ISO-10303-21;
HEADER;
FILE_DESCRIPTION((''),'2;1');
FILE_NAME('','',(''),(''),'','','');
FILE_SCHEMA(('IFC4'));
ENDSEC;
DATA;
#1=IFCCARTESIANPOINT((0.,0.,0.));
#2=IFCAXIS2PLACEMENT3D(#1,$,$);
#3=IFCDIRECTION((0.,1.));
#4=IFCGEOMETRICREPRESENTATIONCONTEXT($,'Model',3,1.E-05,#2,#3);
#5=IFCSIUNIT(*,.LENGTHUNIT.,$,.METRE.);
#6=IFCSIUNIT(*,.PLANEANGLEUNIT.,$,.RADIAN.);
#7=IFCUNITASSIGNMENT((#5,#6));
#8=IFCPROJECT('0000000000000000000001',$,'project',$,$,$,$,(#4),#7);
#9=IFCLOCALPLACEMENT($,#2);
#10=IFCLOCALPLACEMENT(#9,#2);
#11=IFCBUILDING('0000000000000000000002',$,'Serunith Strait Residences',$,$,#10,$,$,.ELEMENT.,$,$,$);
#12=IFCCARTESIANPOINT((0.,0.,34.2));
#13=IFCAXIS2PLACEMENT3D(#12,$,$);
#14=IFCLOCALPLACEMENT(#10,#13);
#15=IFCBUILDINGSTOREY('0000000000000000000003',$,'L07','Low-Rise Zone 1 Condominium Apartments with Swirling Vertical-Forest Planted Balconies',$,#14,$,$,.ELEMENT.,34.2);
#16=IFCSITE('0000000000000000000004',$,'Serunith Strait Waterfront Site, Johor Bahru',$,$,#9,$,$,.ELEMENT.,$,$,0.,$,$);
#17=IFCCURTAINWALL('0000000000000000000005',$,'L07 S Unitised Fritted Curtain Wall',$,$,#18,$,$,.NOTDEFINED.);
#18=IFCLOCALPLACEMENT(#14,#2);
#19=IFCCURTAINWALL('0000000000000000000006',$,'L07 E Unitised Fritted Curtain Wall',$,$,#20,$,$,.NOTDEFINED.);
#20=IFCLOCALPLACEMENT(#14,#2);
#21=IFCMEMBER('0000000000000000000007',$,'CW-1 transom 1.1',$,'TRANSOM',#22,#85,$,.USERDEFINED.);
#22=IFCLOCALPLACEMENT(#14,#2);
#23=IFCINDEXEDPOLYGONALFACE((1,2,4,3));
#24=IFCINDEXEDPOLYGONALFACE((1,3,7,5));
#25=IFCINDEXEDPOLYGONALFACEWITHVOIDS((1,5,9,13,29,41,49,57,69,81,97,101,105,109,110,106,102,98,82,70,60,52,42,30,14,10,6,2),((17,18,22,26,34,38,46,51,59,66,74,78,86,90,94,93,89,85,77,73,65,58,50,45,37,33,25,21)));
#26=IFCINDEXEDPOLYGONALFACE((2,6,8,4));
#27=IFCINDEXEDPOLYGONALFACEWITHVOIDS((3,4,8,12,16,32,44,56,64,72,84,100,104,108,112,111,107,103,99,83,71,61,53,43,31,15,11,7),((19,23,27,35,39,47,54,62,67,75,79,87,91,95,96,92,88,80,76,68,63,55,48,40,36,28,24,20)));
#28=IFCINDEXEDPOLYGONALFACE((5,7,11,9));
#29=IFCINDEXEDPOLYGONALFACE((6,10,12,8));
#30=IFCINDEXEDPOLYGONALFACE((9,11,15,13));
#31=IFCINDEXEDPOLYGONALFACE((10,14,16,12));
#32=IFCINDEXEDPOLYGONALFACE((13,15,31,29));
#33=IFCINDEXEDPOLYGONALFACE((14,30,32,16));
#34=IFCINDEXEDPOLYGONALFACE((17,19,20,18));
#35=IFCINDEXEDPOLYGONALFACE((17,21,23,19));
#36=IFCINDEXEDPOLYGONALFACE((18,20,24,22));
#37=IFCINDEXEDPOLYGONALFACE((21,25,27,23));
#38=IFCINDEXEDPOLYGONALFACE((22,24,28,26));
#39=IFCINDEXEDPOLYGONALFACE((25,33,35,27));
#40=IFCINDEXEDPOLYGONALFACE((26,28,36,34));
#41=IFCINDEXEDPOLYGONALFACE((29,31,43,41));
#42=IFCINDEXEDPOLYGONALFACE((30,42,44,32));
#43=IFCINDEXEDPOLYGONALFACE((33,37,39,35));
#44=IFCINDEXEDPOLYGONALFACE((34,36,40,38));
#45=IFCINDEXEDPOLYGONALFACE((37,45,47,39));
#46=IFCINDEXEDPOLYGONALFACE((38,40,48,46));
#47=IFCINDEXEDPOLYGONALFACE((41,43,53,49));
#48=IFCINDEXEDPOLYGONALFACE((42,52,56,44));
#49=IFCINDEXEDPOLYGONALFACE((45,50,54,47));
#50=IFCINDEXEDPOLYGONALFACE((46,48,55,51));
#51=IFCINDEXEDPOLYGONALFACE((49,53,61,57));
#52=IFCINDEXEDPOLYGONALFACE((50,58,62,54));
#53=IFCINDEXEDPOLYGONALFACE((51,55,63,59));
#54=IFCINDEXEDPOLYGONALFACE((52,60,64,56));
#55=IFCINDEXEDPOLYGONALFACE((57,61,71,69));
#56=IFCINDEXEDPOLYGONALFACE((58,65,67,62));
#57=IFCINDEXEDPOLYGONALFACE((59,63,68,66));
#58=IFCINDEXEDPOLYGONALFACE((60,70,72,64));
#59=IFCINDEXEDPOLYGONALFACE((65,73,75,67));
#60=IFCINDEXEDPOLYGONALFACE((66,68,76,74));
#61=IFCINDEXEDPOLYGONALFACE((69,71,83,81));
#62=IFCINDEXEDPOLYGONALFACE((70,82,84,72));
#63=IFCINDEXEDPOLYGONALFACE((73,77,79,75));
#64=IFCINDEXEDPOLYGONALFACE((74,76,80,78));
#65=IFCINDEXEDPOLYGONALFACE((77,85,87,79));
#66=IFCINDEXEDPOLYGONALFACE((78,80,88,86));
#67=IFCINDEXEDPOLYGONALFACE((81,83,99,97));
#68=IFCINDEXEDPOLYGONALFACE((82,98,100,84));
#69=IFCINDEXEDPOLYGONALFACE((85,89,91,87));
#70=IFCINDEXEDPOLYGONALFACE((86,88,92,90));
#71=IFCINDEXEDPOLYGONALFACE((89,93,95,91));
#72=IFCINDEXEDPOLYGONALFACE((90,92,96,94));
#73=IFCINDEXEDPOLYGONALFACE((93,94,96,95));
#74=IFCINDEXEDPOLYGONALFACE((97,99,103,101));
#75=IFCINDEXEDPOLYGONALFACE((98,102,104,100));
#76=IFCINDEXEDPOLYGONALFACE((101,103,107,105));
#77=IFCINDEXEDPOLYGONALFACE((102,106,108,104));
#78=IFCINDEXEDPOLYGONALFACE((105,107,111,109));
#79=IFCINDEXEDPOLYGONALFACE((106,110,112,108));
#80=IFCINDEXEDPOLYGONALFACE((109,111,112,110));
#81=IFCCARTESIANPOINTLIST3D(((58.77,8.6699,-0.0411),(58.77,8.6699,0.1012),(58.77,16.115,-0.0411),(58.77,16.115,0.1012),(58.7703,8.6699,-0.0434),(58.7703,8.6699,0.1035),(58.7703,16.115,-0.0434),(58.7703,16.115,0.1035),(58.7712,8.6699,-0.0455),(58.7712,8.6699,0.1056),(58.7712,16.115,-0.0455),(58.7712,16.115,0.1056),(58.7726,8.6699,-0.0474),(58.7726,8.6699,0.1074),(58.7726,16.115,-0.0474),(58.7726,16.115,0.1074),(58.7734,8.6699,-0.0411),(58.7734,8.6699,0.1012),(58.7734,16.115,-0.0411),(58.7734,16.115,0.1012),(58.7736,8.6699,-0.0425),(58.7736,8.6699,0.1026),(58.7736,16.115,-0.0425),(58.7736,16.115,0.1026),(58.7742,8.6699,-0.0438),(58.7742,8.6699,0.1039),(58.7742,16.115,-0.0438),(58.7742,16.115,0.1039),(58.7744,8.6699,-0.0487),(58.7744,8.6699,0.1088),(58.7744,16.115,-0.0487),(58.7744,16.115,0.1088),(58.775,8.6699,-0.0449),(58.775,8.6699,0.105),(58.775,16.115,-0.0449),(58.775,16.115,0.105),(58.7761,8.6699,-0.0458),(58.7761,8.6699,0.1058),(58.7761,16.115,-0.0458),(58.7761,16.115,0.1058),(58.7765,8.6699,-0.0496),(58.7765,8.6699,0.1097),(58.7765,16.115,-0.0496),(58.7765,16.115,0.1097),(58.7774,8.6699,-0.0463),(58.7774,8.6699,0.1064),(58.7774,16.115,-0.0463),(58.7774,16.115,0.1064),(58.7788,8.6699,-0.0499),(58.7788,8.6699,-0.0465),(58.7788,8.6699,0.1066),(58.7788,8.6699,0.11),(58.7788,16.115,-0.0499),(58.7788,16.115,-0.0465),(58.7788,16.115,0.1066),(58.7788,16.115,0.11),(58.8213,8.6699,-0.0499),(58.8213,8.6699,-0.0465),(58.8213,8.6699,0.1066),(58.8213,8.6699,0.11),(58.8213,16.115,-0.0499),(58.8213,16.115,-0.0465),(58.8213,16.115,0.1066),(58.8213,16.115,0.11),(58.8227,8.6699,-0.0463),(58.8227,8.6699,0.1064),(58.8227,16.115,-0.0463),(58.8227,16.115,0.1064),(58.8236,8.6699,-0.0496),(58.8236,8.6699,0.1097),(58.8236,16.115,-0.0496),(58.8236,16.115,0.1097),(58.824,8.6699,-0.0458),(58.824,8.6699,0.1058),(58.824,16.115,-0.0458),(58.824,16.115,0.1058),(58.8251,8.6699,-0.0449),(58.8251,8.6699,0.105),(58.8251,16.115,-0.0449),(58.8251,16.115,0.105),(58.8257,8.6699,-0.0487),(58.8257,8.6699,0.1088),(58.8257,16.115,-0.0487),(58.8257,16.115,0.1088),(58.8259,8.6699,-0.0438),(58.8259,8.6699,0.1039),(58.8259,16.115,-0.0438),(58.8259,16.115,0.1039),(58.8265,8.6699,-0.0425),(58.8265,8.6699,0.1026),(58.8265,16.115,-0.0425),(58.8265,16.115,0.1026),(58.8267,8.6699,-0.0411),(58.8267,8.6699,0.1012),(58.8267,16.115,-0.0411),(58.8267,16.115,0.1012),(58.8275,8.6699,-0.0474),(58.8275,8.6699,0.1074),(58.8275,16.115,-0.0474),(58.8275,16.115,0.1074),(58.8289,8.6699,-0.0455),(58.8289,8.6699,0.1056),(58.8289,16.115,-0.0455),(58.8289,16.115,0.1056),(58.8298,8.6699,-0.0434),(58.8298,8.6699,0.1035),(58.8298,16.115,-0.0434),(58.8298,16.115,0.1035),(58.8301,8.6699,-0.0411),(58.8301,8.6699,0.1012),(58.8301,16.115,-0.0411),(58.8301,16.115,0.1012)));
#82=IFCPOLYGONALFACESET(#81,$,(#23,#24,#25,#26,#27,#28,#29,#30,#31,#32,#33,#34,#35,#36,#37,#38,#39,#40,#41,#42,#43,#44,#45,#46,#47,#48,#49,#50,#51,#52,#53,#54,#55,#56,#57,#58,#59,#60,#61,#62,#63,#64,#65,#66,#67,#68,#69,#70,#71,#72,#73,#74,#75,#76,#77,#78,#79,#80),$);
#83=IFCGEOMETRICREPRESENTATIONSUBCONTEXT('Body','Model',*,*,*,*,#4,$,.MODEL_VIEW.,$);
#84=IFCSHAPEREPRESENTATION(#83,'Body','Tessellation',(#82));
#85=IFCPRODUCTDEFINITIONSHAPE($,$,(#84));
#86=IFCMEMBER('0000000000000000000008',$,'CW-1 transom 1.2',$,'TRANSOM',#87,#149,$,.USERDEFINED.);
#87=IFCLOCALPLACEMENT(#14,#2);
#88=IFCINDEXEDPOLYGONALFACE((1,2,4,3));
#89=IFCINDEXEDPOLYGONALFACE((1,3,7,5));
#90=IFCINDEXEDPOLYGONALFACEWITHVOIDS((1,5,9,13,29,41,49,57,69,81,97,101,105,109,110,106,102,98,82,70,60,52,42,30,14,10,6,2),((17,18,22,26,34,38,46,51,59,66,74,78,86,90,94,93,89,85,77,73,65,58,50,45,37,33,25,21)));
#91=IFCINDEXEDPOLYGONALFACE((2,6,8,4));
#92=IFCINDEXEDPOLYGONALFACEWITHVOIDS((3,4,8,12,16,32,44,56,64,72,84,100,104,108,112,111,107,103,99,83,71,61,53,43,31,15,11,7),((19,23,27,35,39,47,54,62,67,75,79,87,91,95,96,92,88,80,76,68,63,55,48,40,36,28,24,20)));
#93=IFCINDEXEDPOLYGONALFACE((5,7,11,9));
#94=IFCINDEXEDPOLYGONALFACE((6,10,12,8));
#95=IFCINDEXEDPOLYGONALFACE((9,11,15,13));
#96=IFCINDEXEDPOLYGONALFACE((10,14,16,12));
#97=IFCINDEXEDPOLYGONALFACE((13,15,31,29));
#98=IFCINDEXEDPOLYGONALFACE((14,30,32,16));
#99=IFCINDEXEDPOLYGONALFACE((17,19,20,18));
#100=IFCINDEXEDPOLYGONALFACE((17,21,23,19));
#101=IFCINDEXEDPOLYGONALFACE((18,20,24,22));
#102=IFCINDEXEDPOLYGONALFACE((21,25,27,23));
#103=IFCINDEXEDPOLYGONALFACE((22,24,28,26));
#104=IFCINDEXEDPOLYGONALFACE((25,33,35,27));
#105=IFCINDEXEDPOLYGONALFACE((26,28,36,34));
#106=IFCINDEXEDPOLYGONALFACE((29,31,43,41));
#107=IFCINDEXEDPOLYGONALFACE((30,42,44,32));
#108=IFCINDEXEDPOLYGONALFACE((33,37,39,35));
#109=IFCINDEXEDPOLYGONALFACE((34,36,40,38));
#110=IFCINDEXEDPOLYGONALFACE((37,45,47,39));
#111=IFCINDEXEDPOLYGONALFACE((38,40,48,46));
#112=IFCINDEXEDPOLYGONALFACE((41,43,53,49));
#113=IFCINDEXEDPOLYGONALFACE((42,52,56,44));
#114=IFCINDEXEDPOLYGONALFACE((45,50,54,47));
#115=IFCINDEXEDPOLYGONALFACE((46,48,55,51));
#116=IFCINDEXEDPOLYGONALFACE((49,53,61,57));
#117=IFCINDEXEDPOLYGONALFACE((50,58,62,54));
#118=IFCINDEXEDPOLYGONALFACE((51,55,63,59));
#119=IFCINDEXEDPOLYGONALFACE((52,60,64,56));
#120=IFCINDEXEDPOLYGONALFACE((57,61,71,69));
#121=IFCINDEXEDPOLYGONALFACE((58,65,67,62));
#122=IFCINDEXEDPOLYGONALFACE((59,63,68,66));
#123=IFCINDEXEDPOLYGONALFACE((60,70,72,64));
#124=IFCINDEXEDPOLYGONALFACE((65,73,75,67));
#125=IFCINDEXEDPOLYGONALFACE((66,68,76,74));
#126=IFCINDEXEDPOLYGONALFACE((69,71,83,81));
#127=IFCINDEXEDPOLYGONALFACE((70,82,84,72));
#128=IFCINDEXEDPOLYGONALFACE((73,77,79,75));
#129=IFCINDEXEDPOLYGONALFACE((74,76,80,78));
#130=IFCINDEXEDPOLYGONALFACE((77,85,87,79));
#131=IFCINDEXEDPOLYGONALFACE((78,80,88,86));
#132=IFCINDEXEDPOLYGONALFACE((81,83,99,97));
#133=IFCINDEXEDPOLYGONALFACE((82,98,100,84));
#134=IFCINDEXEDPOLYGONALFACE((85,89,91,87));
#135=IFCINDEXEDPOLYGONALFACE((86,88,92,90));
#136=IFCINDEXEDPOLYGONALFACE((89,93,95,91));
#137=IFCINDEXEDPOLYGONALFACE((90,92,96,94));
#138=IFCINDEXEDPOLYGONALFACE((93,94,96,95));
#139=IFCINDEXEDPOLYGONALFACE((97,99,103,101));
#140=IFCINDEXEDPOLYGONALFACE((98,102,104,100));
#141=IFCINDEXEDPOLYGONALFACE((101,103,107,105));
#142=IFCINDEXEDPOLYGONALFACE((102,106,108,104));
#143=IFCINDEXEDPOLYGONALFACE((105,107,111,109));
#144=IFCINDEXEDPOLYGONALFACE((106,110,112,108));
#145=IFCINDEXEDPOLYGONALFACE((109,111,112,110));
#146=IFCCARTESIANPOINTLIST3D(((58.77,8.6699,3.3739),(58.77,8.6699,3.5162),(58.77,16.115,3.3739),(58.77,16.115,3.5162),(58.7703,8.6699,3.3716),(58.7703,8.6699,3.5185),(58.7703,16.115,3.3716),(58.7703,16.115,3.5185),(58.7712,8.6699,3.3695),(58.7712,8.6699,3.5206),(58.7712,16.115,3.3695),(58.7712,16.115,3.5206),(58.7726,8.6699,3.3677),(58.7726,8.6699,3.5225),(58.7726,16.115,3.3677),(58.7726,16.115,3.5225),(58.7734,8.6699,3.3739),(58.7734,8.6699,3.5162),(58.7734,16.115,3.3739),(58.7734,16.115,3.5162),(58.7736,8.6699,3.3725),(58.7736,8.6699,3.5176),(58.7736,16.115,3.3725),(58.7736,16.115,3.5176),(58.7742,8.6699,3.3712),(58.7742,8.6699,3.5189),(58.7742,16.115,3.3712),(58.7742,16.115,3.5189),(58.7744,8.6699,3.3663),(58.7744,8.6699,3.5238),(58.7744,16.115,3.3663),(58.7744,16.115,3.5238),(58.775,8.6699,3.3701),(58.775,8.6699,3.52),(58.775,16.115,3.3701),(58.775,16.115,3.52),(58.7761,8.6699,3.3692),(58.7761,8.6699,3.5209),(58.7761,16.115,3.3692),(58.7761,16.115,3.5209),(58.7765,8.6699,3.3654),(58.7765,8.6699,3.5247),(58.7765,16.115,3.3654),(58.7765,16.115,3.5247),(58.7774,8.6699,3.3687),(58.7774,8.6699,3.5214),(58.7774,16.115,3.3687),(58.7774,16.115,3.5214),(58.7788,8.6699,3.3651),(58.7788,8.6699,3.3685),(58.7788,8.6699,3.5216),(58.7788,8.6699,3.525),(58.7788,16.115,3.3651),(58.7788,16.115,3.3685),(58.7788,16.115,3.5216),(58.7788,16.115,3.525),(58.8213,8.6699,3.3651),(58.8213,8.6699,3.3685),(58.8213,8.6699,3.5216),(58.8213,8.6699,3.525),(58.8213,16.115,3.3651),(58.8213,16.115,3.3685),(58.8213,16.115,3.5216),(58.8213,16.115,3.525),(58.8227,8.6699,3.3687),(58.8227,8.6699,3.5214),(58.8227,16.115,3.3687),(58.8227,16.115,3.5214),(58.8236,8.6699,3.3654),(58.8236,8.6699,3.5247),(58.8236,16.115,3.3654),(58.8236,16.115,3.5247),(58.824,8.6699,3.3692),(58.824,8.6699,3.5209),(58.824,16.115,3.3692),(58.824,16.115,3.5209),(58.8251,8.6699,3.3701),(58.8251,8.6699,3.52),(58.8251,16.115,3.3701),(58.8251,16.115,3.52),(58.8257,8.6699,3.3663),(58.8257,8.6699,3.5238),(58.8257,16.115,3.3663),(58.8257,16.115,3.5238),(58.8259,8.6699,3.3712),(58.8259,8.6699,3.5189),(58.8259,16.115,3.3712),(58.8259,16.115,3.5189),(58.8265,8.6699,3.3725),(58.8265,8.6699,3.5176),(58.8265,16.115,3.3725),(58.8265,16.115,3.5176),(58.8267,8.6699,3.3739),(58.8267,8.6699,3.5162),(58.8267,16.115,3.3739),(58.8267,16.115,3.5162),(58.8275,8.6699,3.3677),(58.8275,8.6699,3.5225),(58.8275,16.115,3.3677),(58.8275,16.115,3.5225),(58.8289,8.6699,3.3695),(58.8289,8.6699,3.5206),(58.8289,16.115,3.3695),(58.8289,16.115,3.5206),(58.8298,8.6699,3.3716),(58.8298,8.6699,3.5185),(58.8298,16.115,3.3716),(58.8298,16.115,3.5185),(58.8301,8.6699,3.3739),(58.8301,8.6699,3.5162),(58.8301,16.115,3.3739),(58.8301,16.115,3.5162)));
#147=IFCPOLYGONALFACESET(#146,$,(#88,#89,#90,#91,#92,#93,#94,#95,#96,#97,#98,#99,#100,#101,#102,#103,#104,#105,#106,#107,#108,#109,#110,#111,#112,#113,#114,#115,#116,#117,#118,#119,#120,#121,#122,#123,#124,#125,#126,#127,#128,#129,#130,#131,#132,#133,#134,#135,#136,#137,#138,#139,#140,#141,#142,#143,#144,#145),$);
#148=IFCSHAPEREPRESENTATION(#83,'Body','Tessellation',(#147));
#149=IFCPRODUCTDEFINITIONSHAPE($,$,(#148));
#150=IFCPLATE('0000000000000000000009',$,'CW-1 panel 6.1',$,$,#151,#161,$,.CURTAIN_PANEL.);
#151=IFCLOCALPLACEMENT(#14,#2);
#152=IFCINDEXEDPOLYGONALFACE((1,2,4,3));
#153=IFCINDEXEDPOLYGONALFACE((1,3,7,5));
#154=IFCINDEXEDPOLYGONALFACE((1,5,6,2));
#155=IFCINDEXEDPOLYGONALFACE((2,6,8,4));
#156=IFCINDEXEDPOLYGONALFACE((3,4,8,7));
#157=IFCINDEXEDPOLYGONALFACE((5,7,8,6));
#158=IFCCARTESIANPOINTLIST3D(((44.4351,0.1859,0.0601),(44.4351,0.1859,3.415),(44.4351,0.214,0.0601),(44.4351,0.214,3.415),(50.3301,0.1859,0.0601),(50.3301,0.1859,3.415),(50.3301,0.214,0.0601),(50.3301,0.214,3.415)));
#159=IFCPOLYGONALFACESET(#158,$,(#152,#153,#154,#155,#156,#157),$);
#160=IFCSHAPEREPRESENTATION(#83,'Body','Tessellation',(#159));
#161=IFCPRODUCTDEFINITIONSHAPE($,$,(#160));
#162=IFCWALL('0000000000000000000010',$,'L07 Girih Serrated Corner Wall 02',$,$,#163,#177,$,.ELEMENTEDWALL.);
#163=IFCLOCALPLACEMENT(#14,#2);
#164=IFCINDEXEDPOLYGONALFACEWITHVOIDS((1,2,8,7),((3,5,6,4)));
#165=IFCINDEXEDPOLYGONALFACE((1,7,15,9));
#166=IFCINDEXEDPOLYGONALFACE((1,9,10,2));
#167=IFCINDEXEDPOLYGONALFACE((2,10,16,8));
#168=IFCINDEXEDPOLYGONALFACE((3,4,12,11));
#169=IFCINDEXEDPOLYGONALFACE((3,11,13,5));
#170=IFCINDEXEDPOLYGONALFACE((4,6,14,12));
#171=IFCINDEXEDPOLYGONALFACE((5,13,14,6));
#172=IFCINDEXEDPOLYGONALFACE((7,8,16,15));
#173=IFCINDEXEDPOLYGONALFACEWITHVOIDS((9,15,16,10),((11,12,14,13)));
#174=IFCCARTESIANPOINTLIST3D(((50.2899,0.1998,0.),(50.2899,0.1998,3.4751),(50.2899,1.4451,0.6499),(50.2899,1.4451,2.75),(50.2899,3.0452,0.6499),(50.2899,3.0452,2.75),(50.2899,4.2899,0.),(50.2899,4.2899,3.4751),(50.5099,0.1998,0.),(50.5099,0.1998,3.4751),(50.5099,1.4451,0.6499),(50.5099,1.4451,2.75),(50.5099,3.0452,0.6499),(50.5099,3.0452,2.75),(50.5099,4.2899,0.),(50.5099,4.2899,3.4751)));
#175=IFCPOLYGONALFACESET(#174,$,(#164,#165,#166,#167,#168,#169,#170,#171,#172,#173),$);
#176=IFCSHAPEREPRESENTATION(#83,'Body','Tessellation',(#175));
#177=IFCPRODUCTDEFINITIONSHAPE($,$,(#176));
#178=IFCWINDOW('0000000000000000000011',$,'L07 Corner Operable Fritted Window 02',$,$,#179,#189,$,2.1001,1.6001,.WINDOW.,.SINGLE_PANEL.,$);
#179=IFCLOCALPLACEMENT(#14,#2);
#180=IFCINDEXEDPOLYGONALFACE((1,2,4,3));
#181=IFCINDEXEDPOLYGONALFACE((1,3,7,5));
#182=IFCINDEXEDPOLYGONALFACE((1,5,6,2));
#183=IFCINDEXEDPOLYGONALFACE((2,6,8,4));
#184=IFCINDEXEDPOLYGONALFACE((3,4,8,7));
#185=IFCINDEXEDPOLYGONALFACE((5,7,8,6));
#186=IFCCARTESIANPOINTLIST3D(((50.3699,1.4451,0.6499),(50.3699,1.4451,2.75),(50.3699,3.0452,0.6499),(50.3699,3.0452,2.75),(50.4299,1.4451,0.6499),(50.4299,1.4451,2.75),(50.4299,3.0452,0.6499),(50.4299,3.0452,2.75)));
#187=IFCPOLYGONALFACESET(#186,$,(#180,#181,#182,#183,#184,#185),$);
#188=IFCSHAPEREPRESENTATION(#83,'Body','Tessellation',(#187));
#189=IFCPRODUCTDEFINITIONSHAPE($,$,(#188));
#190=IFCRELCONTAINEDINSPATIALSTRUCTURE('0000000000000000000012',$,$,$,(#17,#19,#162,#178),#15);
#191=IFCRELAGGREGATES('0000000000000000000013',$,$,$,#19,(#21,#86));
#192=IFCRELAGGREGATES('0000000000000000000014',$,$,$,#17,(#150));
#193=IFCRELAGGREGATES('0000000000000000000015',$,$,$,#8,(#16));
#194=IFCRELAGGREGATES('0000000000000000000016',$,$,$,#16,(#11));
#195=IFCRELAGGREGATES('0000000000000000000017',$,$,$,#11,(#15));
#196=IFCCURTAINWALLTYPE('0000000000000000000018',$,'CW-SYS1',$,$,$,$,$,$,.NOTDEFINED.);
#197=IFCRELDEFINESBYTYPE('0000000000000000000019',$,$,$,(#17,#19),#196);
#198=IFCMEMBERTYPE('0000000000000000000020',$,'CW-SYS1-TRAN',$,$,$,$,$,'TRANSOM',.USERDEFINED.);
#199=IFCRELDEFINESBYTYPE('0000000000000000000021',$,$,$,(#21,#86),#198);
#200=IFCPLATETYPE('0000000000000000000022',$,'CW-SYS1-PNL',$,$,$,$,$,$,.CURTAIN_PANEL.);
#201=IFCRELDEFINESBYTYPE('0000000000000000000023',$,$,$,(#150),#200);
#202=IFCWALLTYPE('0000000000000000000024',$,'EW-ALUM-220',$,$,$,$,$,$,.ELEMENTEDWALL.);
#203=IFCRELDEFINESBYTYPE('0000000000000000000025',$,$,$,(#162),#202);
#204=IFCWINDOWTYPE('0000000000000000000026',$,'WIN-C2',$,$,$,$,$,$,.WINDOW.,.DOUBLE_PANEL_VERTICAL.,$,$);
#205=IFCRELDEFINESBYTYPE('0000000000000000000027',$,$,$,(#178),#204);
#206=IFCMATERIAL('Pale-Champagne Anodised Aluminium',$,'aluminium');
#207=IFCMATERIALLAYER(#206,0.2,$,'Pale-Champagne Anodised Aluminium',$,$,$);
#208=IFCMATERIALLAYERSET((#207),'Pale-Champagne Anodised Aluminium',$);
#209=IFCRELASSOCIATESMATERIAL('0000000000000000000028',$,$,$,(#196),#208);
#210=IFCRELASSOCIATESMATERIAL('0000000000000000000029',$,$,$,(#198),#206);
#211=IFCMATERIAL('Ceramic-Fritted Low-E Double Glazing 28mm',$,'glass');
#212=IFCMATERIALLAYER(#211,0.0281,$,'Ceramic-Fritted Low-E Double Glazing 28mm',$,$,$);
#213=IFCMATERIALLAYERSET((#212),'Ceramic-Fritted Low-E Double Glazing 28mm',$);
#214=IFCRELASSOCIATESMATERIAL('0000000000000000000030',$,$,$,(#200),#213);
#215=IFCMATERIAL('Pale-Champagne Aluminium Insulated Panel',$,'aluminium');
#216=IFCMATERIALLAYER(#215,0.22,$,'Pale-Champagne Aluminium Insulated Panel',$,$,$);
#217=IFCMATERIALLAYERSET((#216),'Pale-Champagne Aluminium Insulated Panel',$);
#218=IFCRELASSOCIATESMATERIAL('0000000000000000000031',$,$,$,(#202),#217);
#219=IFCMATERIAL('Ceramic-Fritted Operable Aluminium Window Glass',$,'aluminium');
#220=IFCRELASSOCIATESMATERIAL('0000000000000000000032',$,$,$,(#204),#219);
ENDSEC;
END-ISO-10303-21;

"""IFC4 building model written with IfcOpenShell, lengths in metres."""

from ifc_helpers import new_model, si_unit, direction, frame, frame_2d, origin, origin_2d, place, context, subcontext, project, spatial, rectangle, hollow_rectangle, extrude, source, transform, mapped, material, layer, layer_set, material_profile, profile_set, type_object, element, fill, aggregate, save


model = new_model("IFC4")

# Units and contexts
model_context = context("Model", 3, precision=1e-05, world=origin(), true_north=direction((0.0, 1.0)))
body_context = subcontext(model_context, "Body", "Model", "MODEL_VIEW")
ifc_project = project(units=[si_unit("LENGTHUNIT", "METRE"), si_unit("PLANEANGLEUNIT", "RADIAN")], contexts=[model_context])

# Site, building, storey
site_placement = place(None, origin())
site = spatial("IfcSite", under=ifc_project, at=site_placement, Name="Serunith Strait Waterfront Site, Johor Bahru", CompositionType="ELEMENT", RefElevation=0.0)
building_placement = place(site_placement, origin())
building = spatial("IfcBuilding", under=site, at=building_placement, Name="Serunith Strait Residences", CompositionType="ELEMENT")
storey_placement = place(building_placement, frame((0.0, 0.0, 34.2)))
storey = spatial("IfcBuildingStorey", under=building, at=storey_placement, Name="L07", Description="Low-Rise Zone 1 Condominium Apartments with Swirling Vertical-Forest Planted Balconies", CompositionType="ELEMENT", Elevation=34.2)

# Curtain wall
ifc_material_1 = material(Name="Pale-Champagne Anodised Aluminium", Category="aluminium")
ifc_layer_1 = layer(ifc_material_1, 0.2, Name="Pale-Champagne Anodised Aluminium")
ifc_layer_set_1 = layer_set([ifc_layer_1], Name="Pale-Champagne Anodised Aluminium")
curtain_wall_type = type_object("IfcCurtainWallType", Name="CW-SYS1", PredefinedType="NOTDEFINED", material=ifc_layer_set_1)
curtain_wall_1_placement = place(storey_placement, origin())
curtain_wall_1 = element("IfcCurtainWall", 1, at=curtain_wall_1_placement, inside=storey, type_object=curtain_wall_type, Name="L07 S Unitised Fritted Curtain Wall", PredefinedType="NOTDEFINED")

# Curtain wall, members
curtain_wall_2_placement = place(storey_placement, origin())
curtain_wall_2 = element("IfcCurtainWall", 2, at=curtain_wall_2_placement, inside=storey, type_object=curtain_wall_type, Name="L07 E Unitised Fritted Curtain Wall", PredefinedType="NOTDEFINED")
ifc_material_profile_1 = material_profile(ifc_material_1, hollow_rectangle(XDim=0.0601, YDim=0.1599, WallThickness=0.0034, InnerFilletRadius=0.0054, OuterFilletRadius=0.0088, at=origin_2d()), Name="ALU 160x60x3.5")
ifc_profile_set_1 = profile_set([ifc_material_profile_1], Name="Pale-Champagne Anodised Aluminium")
member_type_1 = type_object("IfcMemberType", Name="CW-SYS1-TRAN", ElementType="TRANSOM", PredefinedType="USERDEFINED", material=ifc_profile_set_1)
shared_shape_1 = source(origin(), body_context, "Body", "SweptSolid", [
    extrude(hollow_rectangle(XDim=0.0601, YDim=0.1599, WallThickness=0.0034, InnerFilletRadius=0.0054, OuterFilletRadius=0.0088, at=origin_2d()), origin(), (0.0, 0.0, 1.0), 7.4451),
])
member_1_placement = place(storey_placement, frame((58.8, 8.6699, 0.03), z_axis=(0.0, 1.0, 0.0), x_axis=(-1.0, 0.0, 0.0)))
member_1 = element("IfcMember", 3, at=member_1_placement, type_object=member_type_1, Name="CW-1 transom 1.1", ObjectType="TRANSOM", PredefinedType="USERDEFINED", context=body_context, shape_type="MappedRepresentation", body=[
    mapped(shared_shape_1, transform((0.0, 0.0, 0.0), scale=1.0)),
])
member_2_placement = place(storey_placement, frame((58.8, 8.6699, 3.4451), z_axis=(0.0, 1.0, 0.0), x_axis=(-1.0, 0.0, 0.0)))
member_2 = element("IfcMember", 4, at=member_2_placement, type_object=member_type_1, Name="CW-1 transom 1.2", ObjectType="TRANSOM", PredefinedType="USERDEFINED", context=body_context, shape_type="MappedRepresentation", body=[
    mapped(shared_shape_1, transform((0.0, 0.0, 0.0), scale=1.0)),
])
aggregate(curtain_wall_2, [member_1, member_2])

# Plate
ifc_material_2 = material(Name="Ceramic-Fritted Low-E Double Glazing 28mm", Category="glass")
ifc_layer_2 = layer(ifc_material_2, 0.0281, Name="Ceramic-Fritted Low-E Double Glazing 28mm")
ifc_layer_set_2 = layer_set([ifc_layer_2], Name="Ceramic-Fritted Low-E Double Glazing 28mm")
plate_type = type_object("IfcPlateType", Name="CW-SYS1-PNL", PredefinedType="CURTAIN_PANEL", material=ifc_layer_set_2)
shared_shape_2 = source(origin(), body_context, "Body", "SweptSolid", [
    extrude(rectangle(XDim=5.895, YDim=0.0281, at=origin_2d()), origin(), (0.0, 0.0, 1.0), 3.355),
])
plate_placement = place(storey_placement, frame((47.3826, 0.2, 0.0601), z_axis=(0.0, 0.0, 1.0), x_axis=(1.0, 0.0, 0.0)))
plate = element("IfcPlate", 5, at=plate_placement, type_object=plate_type, Name="CW-1 panel 6.1", PredefinedType="CURTAIN_PANEL", context=body_context, shape_type="MappedRepresentation", body=[
    mapped(shared_shape_2, transform((0.0, 0.0, 0.0), scale=1.0)),
])
aggregate(curtain_wall_1, [plate])

# Wall, opening, window
ifc_material_3 = material(Name="Pale-Champagne Aluminium Insulated Panel", Category="aluminium")
ifc_layer_3 = layer(ifc_material_3, 0.22, Name="Pale-Champagne Aluminium Insulated Panel")
ifc_layer_set_3 = layer_set([ifc_layer_3], Name="Pale-Champagne Aluminium Insulated Panel")
wall_type_1 = type_object("IfcWallType", Name="EW-ALUM-220", PredefinedType="ELEMENTEDWALL", material=ifc_layer_set_3)
wall_1_placement = place(storey_placement, frame((50.3999, 0.2, 0.0), z_axis=(0.0, 0.0, 1.0), x_axis=(0.0, 1.0, 0.0)))
wall_1 = element("IfcWall", 6, at=wall_1_placement, inside=storey, type_object=wall_type_1, Name="L07 Girih Serrated Corner Wall 02", PredefinedType="ELEMENTEDWALL", context=body_context, shape_type="SweptSolid", body=[
    extrude(rectangle(XDim=4.0901, YDim=0.22, at=frame_2d((2.0449, 0.0))), origin(), (0.0, 0.0, 1.0), 3.4751),
])
opening_1_placement = place(wall_1_placement, frame((1.2451, 0.0, 0.6499)))
opening_1 = element("IfcOpeningElement", 7, at=opening_1_placement, cuts=wall_1, PredefinedType="OPENING", context=body_context, shape_type="SweptSolid", body=[
    extrude(rectangle(XDim=1.6001, YDim=2.1001, at=frame_2d((0.8, 1.05))), frame((0.0, 0.1201, 0.0), z_axis=(0.0, -1.0, 0.0), x_axis=(1.0, 0.0, 0.0)), (0.0, 0.0, 1.0), 0.24),
])
ifc_material_4 = material(Name="Ceramic-Fritted Operable Aluminium Window Glass", Category="aluminium")
window_type = type_object("IfcWindowType", Name="WIN-C2", PartitioningType="DOUBLE_PANEL_VERTICAL", PredefinedType="WINDOW", material=ifc_material_4)
shared_shape_3 = source(origin(), body_context, "Body", "SweptSolid", [
    extrude(rectangle(XDim=1.6001, YDim=2.1001, at=frame_2d((0.8, 1.05))), frame((0.0, 0.03, 0.0), z_axis=(0.0, -1.0, 0.0), x_axis=(1.0, 0.0, 0.0)), (0.0, 0.0, 1.0), 0.0601),
])
window_1_placement = place(opening_1_placement, origin())
window_1 = element("IfcWindow", 8, at=window_1_placement, inside=storey, type_object=window_type, Name="L07 Corner Operable Fritted Window 02", OverallHeight=2.1001, OverallWidth=1.6001, PartitioningType="SINGLE_PANEL", PredefinedType="WINDOW", context=body_context, shape_type="MappedRepresentation", body=[
    mapped(shared_shape_3, transform((0.0, 0.0, 0.0), scale=1.0)),
])
fill(opening_1, window_1)

save(model, "model.ifc")
